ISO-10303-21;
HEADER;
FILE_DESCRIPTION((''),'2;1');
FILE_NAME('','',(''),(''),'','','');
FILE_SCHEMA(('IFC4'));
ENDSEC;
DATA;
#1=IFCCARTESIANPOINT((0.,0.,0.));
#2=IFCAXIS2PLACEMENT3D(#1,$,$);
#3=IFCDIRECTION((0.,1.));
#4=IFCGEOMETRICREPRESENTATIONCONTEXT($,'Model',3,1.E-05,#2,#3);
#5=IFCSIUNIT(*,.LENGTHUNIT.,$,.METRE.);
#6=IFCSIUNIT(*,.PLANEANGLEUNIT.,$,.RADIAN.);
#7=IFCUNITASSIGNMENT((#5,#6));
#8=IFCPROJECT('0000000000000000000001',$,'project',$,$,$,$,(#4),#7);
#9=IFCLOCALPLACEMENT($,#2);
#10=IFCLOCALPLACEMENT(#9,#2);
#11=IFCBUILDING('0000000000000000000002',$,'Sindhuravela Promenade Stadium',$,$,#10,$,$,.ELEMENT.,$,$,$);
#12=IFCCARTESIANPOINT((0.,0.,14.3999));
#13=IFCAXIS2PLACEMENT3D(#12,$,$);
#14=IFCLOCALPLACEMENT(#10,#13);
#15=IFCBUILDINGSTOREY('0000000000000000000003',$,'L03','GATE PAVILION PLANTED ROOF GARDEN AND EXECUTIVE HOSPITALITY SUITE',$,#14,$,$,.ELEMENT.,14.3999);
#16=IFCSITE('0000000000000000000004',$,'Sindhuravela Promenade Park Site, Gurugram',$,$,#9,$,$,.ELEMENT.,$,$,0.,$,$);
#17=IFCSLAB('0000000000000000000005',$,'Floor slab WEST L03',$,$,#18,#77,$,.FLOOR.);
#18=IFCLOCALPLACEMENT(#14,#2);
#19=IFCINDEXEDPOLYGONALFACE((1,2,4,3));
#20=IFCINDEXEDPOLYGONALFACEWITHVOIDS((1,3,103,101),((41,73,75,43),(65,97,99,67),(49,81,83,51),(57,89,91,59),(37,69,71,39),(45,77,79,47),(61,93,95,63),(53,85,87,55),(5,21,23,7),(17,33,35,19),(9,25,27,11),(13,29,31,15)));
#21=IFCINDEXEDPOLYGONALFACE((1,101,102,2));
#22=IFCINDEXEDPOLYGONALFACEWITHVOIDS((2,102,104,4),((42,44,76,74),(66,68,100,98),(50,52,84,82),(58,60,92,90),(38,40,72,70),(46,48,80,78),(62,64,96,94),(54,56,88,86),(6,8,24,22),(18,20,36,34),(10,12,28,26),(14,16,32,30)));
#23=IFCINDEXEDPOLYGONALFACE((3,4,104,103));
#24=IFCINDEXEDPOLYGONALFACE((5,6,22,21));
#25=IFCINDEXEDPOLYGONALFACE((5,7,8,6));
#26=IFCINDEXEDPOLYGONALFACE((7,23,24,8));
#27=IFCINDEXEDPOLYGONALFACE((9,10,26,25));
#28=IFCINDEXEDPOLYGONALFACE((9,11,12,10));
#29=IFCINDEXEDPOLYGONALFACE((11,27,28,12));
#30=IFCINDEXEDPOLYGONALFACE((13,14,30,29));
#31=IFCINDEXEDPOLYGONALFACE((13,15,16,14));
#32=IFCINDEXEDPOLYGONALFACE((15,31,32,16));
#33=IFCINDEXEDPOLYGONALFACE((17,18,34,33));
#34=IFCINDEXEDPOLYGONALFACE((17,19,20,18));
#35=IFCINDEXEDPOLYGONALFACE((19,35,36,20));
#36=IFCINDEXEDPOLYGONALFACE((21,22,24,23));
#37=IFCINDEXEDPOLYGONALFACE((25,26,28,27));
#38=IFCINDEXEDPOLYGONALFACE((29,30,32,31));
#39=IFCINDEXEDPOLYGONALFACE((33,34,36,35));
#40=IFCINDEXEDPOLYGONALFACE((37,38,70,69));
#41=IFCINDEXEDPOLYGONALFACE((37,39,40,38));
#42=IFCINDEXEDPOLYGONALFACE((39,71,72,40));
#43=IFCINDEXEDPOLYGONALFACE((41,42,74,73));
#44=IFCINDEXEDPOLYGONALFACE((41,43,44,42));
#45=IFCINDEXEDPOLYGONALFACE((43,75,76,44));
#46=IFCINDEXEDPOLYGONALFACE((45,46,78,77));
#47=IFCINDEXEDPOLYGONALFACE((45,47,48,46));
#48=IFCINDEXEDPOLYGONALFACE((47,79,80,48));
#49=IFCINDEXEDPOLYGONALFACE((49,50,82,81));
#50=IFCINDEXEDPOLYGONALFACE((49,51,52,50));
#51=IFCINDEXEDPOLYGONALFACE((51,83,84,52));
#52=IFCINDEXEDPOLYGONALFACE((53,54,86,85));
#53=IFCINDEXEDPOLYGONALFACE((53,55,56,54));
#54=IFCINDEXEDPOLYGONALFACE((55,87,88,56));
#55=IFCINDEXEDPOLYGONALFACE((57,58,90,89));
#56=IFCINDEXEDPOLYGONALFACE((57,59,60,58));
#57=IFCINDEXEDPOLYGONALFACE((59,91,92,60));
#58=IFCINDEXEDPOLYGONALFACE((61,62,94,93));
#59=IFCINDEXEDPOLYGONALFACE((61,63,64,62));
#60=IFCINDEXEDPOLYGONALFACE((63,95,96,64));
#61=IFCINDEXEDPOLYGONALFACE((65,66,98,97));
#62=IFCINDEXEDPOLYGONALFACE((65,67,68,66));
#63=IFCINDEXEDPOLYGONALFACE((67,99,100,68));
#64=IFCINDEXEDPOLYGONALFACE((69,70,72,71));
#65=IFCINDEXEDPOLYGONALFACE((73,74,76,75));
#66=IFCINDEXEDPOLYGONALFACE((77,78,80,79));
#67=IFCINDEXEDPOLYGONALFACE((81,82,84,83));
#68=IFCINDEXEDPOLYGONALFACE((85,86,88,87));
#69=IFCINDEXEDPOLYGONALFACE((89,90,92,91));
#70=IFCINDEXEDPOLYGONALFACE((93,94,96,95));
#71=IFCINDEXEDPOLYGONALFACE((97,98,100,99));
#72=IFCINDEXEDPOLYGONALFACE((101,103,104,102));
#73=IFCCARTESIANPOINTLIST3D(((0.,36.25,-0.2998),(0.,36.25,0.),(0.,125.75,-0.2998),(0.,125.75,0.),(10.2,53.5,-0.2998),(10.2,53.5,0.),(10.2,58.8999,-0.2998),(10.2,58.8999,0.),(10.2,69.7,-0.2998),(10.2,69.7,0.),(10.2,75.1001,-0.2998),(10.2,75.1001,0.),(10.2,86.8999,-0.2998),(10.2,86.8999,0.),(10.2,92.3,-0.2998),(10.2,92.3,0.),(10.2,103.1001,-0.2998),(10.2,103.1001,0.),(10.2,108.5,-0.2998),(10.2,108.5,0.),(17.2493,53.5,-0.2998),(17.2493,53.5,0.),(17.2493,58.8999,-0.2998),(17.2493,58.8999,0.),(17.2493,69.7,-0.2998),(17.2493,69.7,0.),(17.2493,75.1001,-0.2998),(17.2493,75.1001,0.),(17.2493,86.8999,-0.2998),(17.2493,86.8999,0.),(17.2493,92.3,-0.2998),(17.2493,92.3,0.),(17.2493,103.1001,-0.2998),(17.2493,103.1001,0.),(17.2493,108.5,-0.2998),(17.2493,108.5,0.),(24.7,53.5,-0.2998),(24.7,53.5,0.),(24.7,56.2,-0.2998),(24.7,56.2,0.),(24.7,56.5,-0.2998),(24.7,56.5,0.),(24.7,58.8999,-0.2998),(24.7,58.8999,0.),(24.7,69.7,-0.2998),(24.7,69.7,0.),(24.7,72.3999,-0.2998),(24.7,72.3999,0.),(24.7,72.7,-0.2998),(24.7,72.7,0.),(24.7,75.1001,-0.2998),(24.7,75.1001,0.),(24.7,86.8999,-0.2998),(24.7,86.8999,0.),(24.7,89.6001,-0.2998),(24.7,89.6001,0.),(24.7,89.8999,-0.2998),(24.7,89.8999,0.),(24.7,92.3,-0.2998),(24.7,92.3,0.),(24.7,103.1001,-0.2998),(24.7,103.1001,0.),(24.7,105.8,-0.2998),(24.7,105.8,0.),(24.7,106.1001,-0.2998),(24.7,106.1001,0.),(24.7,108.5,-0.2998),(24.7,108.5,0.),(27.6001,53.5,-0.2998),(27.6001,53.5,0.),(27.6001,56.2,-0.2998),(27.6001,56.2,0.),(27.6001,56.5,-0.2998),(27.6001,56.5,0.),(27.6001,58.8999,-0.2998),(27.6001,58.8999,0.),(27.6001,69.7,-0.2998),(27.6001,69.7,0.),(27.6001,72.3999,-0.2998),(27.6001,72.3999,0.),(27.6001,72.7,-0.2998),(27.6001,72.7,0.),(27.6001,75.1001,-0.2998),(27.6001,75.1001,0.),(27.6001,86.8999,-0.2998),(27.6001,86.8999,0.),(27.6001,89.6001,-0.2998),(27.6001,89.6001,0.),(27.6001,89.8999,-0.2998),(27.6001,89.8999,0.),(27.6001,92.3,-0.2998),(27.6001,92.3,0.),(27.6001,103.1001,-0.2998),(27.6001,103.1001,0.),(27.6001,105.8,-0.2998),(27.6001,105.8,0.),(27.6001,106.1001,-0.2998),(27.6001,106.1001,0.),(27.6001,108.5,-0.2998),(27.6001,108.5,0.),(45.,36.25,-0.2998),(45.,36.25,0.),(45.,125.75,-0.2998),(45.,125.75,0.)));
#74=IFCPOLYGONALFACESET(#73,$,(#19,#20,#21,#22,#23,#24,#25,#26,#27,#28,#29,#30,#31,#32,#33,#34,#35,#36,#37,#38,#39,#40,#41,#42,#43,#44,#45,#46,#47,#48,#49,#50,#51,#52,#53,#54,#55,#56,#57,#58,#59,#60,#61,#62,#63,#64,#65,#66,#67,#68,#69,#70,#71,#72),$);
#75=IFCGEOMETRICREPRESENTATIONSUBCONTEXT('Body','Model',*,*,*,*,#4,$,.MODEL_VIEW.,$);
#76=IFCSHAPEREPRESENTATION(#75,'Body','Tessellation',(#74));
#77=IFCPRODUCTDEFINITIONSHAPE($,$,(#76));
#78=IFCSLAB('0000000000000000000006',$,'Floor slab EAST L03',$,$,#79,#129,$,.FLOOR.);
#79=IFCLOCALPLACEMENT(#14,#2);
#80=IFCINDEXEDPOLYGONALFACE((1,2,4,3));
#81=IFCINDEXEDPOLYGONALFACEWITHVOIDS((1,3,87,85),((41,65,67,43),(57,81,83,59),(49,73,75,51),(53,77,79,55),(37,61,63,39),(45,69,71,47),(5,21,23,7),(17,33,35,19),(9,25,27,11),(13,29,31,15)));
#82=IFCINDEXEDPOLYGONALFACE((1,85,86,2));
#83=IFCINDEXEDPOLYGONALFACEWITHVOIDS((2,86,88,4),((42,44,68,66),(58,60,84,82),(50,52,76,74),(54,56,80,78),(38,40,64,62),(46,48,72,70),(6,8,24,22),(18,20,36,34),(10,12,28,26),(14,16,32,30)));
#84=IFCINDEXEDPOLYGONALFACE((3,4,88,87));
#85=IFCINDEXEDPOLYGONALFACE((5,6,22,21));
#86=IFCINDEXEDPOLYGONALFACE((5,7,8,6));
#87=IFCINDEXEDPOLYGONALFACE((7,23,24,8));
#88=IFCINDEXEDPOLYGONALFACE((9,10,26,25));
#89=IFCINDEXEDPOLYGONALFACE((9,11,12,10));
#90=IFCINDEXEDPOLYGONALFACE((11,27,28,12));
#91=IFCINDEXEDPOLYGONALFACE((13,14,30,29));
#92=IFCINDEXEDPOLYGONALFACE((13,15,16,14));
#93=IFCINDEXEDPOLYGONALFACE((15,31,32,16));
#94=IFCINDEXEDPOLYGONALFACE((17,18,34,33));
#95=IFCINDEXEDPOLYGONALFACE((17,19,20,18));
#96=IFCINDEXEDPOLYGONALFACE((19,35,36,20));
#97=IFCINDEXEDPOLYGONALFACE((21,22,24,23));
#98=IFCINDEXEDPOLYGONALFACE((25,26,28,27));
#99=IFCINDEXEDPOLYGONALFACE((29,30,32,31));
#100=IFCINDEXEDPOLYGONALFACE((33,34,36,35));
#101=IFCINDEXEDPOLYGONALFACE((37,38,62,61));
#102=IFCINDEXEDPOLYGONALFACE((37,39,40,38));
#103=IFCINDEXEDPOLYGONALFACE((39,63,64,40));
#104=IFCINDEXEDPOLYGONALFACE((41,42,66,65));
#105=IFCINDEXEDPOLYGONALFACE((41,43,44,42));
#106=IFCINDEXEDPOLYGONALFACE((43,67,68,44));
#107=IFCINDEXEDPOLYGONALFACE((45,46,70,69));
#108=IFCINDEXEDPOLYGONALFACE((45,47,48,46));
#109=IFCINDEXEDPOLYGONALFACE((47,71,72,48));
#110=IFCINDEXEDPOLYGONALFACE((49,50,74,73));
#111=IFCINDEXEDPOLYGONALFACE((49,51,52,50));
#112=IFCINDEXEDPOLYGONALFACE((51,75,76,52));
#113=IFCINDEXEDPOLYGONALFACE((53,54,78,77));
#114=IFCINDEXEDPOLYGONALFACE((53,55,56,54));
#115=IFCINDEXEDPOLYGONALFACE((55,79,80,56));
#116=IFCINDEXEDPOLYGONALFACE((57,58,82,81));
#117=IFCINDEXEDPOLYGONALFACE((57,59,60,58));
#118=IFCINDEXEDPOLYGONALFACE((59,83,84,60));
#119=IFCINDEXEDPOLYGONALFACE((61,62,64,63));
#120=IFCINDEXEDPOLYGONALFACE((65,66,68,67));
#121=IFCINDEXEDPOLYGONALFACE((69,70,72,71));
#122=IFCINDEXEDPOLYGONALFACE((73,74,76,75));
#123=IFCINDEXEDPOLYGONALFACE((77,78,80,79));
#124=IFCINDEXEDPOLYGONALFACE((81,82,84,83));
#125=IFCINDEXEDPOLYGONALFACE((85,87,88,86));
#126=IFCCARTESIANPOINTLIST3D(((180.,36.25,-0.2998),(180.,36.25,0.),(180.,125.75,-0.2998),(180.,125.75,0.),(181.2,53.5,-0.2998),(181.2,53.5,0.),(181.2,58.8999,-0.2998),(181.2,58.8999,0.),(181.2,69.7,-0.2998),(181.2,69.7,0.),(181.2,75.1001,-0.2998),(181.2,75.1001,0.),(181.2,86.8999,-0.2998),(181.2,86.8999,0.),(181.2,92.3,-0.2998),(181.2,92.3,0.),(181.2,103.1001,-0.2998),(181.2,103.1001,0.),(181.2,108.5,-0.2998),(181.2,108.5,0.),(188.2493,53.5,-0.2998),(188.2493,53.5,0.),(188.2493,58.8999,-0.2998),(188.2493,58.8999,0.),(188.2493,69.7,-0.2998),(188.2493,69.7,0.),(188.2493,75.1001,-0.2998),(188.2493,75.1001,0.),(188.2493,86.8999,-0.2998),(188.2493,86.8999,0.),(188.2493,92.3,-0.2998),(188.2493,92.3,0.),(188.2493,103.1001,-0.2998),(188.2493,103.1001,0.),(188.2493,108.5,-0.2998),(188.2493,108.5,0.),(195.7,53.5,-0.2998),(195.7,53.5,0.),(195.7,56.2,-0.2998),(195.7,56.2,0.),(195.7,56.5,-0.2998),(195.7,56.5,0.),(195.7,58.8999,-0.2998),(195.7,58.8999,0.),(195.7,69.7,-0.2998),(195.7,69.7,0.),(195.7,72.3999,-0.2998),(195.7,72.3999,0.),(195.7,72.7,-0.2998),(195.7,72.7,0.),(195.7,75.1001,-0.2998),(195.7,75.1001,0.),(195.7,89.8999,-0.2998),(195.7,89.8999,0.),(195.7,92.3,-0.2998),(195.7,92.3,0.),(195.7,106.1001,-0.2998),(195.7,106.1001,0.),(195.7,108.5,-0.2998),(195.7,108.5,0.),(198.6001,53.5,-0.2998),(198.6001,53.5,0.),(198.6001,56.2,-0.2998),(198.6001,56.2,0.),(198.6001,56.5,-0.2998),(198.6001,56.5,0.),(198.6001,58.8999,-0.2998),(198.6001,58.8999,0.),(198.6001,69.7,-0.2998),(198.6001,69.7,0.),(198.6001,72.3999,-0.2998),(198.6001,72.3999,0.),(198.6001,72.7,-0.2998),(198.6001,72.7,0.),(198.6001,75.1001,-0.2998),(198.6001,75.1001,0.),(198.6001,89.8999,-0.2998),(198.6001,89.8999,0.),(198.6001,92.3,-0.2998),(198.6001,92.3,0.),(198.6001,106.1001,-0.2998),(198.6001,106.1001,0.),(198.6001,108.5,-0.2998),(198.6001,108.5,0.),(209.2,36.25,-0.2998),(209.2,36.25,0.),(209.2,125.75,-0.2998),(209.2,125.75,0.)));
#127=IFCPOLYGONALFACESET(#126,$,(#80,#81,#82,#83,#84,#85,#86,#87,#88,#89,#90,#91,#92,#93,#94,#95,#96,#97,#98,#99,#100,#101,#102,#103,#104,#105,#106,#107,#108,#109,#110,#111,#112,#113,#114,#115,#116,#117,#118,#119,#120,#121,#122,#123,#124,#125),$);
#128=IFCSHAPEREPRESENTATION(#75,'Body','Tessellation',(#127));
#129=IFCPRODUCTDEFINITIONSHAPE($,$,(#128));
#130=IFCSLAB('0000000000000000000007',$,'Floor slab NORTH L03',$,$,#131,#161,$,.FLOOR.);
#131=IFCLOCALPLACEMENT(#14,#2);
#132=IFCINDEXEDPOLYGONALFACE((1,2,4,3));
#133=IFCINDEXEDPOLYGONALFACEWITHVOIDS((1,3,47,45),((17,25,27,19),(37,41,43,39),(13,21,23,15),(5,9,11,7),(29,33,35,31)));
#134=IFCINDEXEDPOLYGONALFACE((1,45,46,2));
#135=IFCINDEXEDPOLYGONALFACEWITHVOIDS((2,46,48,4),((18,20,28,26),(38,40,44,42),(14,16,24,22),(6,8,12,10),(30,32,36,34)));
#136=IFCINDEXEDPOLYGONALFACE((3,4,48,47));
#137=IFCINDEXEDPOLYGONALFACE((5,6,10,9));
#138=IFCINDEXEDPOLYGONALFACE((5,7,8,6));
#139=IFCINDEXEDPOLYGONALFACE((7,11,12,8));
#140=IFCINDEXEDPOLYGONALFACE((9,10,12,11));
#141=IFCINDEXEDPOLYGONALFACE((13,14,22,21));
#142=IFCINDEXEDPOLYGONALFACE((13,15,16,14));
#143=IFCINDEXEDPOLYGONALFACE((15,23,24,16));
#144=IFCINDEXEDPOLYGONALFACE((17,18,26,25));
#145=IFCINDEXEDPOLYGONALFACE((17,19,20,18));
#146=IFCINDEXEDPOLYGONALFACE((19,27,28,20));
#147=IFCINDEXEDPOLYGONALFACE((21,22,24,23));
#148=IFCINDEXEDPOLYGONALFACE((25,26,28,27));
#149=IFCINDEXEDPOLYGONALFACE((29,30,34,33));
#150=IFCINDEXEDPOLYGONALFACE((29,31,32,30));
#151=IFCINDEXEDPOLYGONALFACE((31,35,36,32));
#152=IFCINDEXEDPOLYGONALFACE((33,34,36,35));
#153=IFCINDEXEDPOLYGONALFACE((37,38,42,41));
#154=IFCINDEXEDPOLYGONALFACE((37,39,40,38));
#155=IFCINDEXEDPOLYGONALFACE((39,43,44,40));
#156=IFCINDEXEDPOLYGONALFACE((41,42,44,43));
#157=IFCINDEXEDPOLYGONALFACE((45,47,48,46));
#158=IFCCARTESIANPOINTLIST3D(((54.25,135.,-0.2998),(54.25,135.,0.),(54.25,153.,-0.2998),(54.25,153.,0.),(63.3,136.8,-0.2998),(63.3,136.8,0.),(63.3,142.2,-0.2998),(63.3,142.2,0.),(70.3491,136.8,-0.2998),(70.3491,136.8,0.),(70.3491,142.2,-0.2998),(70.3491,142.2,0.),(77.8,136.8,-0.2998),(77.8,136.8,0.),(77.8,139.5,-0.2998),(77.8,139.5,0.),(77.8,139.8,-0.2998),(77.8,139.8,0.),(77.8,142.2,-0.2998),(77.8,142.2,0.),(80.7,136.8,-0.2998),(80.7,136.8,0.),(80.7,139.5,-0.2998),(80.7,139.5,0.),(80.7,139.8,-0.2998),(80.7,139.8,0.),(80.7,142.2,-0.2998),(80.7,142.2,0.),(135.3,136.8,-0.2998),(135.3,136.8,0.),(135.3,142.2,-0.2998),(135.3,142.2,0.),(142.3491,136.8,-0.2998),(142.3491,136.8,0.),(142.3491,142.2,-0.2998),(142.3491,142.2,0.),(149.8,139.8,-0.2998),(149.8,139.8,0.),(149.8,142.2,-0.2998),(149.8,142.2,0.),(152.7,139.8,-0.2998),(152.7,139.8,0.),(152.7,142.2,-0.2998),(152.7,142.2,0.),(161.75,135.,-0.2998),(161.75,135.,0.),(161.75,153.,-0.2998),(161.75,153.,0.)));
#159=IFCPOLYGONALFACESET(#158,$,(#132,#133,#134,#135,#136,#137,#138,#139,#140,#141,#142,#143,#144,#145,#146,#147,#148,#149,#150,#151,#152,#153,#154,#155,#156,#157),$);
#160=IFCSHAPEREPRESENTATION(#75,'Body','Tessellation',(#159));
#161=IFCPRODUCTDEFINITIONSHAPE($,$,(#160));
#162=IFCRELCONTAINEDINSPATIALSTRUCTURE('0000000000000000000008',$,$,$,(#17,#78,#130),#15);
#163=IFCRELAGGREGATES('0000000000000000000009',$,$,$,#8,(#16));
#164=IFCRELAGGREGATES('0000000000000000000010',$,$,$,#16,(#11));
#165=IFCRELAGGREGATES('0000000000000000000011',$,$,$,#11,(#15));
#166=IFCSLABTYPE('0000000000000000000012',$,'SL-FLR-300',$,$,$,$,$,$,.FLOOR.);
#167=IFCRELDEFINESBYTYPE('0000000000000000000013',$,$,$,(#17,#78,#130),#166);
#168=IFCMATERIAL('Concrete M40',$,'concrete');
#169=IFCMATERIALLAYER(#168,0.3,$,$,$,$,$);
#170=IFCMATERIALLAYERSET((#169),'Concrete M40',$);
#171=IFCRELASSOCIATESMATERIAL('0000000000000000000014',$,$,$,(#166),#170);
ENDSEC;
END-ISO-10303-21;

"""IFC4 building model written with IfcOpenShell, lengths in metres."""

from ifc_helpers import new_model, si_unit, direction, frame, origin, place, context, subcontext, project, spatial, polyline, outline, extrude, material, layer, layer_set, type_object, element, save


model = new_model("IFC4")

# Units and contexts
model_context = context("Model", 3, precision=1e-05, world=origin(), true_north=direction((0.0, 1.0)))
body_context = subcontext(model_context, "Body", "Model", "MODEL_VIEW")
ifc_project = project(units=[si_unit("LENGTHUNIT", "METRE"), si_unit("PLANEANGLEUNIT", "RADIAN")], contexts=[model_context])

# Site, building, storey
site_placement = place(None, origin())
site = spatial("IfcSite", under=ifc_project, at=site_placement, Name="Sindhuravela Promenade Park Site, Gurugram", CompositionType="ELEMENT", RefElevation=0.0)
building_placement = place(site_placement, origin())
building = spatial("IfcBuilding", under=site, at=building_placement, Name="Sindhuravela Promenade Stadium", CompositionType="ELEMENT")
storey_placement = place(building_placement, frame((0.0, 0.0, 14.3999)))
storey = spatial("IfcBuildingStorey", under=building, at=storey_placement, Name="L03", Description="GATE PAVILION PLANTED ROOF GARDEN AND EXECUTIVE HOSPITALITY SUITE", CompositionType="ELEMENT", Elevation=14.3999)

# Slabs
ifc_material_1 = material(Name="Concrete M40", Category="concrete")
ifc_layer_1 = layer(ifc_material_1, 0.3)
ifc_layer_set_1 = layer_set([ifc_layer_1], Name="Concrete M40")
slab_type_1 = type_object("IfcSlabType", Name="SL-FLR-300", PredefinedType="FLOOR", material=ifc_layer_set_1)
slab_1_placement = place(storey_placement, frame((0.0, 0.0, -0.2998)))
element("IfcSlab", 1, at=slab_1_placement, inside=storey, type_object=slab_type_1, Name="Floor slab WEST L03", PredefinedType="FLOOR", context=body_context, shape_type="SweptSolid", body=[
    extrude(outline(polyline([(0.0, 36.25), (45.0, 36.25), (45.0, 125.75), (0.0, 125.75), (0.0, 36.25)]), holes=[polyline([(10.2, 53.5), (17.2493, 53.5), (17.2493, 58.8999), (10.2, 58.8999), (10.2, 53.5)]), polyline([(24.7, 56.5), (27.6001, 56.5), (27.6001, 58.8999), (24.7, 58.8999), (24.7, 56.5)]), polyline([(24.7, 53.5), (27.6001, 53.5), (27.6001, 56.2), (24.7, 56.2), (24.7, 53.5)]), polyline([(10.2, 69.7), (17.2493, 69.7), (17.2493, 75.1001), (10.2, 75.1001), (10.2, 69.7)]), polyline([(24.7, 72.7), (27.6001, 72.7), (27.6001, 75.1001), (24.7, 75.1001), (24.7, 72.7)]), polyline([(24.7, 69.7), (27.6001, 69.7), (27.6001, 72.3999), (24.7, 72.3999), (24.7, 69.7)]), polyline([(10.2, 86.8999), (17.2493, 86.8999), (17.2493, 92.3), (10.2, 92.3), (10.2, 86.8999)]), polyline([(24.7, 89.8999), (27.6001, 89.8999), (27.6001, 92.3), (24.7, 92.3), (24.7, 89.8999)]), polyline([(24.7, 86.8999), (27.6001, 86.8999), (27.6001, 89.6001), (24.7, 89.6001), (24.7, 86.8999)]), polyline([(10.2, 103.1001), (17.2493, 103.1001), (17.2493, 108.5), (10.2, 108.5), (10.2, 103.1001)]), polyline([(24.7, 106.1001), (27.6001, 106.1001), (27.6001, 108.5), (24.7, 108.5), (24.7, 106.1001)]), polyline([(24.7, 103.1001), (27.6001, 103.1001), (27.6001, 105.8), (24.7, 105.8), (24.7, 103.1001)])]), origin(), (0.0, 0.0, 1.0), 0.2998),
])
slab_2_placement = place(storey_placement, frame((0.0, 0.0, -0.2998)))
element("IfcSlab", 2, at=slab_2_placement, inside=storey, type_object=slab_type_1, Name="Floor slab EAST L03", PredefinedType="FLOOR", context=body_context, shape_type="SweptSolid", body=[
    extrude(outline(polyline([(180.0, 36.25), (209.2, 36.25), (209.2, 125.75), (180.0, 125.75), (180.0, 36.25)]), holes=[polyline([(181.2, 53.5), (188.2493, 53.5), (188.2493, 58.8999), (181.2, 58.8999), (181.2, 53.5)]), polyline([(195.7, 56.5), (198.6001, 56.5), (198.6001, 58.8999), (195.7, 58.8999), (195.7, 56.5)]), polyline([(195.7, 53.5), (198.6001, 53.5), (198.6001, 56.2), (195.7, 56.2), (195.7, 53.5)]), polyline([(181.2, 69.7), (188.2493, 69.7), (188.2493, 75.1001), (181.2, 75.1001), (181.2, 69.7)]), polyline([(195.7, 72.7), (198.6001, 72.7), (198.6001, 75.1001), (195.7, 75.1001), (195.7, 72.7)]), polyline([(195.7, 69.7), (198.6001, 69.7), (198.6001, 72.3999), (195.7, 72.3999), (195.7, 69.7)]), polyline([(181.2, 86.8999), (188.2493, 86.8999), (188.2493, 92.3), (181.2, 92.3), (181.2, 86.8999)]), polyline([(195.7, 89.8999), (198.6001, 89.8999), (198.6001, 92.3), (195.7, 92.3), (195.7, 89.8999)]), polyline([(181.2, 103.1001), (188.2493, 103.1001), (188.2493, 108.5), (181.2, 108.5), (181.2, 103.1001)]), polyline([(195.7, 106.1001), (198.6001, 106.1001), (198.6001, 108.5), (195.7, 108.5), (195.7, 106.1001)])]), origin(), (0.0, 0.0, 1.0), 0.2998),
])
slab_3_placement = place(storey_placement, frame((0.0, 0.0, -0.2998)))
element("IfcSlab", 3, at=slab_3_placement, inside=storey, type_object=slab_type_1, Name="Floor slab NORTH L03", PredefinedType="FLOOR", context=body_context, shape_type="SweptSolid", body=[
    extrude(outline(polyline([(54.25, 135.0), (161.75, 135.0), (161.75, 153.0), (54.25, 153.0), (54.25, 135.0)]), holes=[polyline([(63.3, 136.8), (70.3491, 136.8), (70.3491, 142.2), (63.3, 142.2), (63.3, 136.8)]), polyline([(77.8, 139.8), (80.7, 139.8), (80.7, 142.2), (77.8, 142.2), (77.8, 139.8)]), polyline([(77.8, 136.8), (80.7, 136.8), (80.7, 139.5), (77.8, 139.5), (77.8, 136.8)]), polyline([(135.3, 136.8), (142.3491, 136.8), (142.3491, 142.2), (135.3, 142.2), (135.3, 136.8)]), polyline([(149.8, 139.8), (152.7, 139.8), (152.7, 142.2), (149.8, 142.2), (149.8, 139.8)])]), origin(), (0.0, 0.0, 1.0), 0.2998),
])

save(model, "model.ifc")
